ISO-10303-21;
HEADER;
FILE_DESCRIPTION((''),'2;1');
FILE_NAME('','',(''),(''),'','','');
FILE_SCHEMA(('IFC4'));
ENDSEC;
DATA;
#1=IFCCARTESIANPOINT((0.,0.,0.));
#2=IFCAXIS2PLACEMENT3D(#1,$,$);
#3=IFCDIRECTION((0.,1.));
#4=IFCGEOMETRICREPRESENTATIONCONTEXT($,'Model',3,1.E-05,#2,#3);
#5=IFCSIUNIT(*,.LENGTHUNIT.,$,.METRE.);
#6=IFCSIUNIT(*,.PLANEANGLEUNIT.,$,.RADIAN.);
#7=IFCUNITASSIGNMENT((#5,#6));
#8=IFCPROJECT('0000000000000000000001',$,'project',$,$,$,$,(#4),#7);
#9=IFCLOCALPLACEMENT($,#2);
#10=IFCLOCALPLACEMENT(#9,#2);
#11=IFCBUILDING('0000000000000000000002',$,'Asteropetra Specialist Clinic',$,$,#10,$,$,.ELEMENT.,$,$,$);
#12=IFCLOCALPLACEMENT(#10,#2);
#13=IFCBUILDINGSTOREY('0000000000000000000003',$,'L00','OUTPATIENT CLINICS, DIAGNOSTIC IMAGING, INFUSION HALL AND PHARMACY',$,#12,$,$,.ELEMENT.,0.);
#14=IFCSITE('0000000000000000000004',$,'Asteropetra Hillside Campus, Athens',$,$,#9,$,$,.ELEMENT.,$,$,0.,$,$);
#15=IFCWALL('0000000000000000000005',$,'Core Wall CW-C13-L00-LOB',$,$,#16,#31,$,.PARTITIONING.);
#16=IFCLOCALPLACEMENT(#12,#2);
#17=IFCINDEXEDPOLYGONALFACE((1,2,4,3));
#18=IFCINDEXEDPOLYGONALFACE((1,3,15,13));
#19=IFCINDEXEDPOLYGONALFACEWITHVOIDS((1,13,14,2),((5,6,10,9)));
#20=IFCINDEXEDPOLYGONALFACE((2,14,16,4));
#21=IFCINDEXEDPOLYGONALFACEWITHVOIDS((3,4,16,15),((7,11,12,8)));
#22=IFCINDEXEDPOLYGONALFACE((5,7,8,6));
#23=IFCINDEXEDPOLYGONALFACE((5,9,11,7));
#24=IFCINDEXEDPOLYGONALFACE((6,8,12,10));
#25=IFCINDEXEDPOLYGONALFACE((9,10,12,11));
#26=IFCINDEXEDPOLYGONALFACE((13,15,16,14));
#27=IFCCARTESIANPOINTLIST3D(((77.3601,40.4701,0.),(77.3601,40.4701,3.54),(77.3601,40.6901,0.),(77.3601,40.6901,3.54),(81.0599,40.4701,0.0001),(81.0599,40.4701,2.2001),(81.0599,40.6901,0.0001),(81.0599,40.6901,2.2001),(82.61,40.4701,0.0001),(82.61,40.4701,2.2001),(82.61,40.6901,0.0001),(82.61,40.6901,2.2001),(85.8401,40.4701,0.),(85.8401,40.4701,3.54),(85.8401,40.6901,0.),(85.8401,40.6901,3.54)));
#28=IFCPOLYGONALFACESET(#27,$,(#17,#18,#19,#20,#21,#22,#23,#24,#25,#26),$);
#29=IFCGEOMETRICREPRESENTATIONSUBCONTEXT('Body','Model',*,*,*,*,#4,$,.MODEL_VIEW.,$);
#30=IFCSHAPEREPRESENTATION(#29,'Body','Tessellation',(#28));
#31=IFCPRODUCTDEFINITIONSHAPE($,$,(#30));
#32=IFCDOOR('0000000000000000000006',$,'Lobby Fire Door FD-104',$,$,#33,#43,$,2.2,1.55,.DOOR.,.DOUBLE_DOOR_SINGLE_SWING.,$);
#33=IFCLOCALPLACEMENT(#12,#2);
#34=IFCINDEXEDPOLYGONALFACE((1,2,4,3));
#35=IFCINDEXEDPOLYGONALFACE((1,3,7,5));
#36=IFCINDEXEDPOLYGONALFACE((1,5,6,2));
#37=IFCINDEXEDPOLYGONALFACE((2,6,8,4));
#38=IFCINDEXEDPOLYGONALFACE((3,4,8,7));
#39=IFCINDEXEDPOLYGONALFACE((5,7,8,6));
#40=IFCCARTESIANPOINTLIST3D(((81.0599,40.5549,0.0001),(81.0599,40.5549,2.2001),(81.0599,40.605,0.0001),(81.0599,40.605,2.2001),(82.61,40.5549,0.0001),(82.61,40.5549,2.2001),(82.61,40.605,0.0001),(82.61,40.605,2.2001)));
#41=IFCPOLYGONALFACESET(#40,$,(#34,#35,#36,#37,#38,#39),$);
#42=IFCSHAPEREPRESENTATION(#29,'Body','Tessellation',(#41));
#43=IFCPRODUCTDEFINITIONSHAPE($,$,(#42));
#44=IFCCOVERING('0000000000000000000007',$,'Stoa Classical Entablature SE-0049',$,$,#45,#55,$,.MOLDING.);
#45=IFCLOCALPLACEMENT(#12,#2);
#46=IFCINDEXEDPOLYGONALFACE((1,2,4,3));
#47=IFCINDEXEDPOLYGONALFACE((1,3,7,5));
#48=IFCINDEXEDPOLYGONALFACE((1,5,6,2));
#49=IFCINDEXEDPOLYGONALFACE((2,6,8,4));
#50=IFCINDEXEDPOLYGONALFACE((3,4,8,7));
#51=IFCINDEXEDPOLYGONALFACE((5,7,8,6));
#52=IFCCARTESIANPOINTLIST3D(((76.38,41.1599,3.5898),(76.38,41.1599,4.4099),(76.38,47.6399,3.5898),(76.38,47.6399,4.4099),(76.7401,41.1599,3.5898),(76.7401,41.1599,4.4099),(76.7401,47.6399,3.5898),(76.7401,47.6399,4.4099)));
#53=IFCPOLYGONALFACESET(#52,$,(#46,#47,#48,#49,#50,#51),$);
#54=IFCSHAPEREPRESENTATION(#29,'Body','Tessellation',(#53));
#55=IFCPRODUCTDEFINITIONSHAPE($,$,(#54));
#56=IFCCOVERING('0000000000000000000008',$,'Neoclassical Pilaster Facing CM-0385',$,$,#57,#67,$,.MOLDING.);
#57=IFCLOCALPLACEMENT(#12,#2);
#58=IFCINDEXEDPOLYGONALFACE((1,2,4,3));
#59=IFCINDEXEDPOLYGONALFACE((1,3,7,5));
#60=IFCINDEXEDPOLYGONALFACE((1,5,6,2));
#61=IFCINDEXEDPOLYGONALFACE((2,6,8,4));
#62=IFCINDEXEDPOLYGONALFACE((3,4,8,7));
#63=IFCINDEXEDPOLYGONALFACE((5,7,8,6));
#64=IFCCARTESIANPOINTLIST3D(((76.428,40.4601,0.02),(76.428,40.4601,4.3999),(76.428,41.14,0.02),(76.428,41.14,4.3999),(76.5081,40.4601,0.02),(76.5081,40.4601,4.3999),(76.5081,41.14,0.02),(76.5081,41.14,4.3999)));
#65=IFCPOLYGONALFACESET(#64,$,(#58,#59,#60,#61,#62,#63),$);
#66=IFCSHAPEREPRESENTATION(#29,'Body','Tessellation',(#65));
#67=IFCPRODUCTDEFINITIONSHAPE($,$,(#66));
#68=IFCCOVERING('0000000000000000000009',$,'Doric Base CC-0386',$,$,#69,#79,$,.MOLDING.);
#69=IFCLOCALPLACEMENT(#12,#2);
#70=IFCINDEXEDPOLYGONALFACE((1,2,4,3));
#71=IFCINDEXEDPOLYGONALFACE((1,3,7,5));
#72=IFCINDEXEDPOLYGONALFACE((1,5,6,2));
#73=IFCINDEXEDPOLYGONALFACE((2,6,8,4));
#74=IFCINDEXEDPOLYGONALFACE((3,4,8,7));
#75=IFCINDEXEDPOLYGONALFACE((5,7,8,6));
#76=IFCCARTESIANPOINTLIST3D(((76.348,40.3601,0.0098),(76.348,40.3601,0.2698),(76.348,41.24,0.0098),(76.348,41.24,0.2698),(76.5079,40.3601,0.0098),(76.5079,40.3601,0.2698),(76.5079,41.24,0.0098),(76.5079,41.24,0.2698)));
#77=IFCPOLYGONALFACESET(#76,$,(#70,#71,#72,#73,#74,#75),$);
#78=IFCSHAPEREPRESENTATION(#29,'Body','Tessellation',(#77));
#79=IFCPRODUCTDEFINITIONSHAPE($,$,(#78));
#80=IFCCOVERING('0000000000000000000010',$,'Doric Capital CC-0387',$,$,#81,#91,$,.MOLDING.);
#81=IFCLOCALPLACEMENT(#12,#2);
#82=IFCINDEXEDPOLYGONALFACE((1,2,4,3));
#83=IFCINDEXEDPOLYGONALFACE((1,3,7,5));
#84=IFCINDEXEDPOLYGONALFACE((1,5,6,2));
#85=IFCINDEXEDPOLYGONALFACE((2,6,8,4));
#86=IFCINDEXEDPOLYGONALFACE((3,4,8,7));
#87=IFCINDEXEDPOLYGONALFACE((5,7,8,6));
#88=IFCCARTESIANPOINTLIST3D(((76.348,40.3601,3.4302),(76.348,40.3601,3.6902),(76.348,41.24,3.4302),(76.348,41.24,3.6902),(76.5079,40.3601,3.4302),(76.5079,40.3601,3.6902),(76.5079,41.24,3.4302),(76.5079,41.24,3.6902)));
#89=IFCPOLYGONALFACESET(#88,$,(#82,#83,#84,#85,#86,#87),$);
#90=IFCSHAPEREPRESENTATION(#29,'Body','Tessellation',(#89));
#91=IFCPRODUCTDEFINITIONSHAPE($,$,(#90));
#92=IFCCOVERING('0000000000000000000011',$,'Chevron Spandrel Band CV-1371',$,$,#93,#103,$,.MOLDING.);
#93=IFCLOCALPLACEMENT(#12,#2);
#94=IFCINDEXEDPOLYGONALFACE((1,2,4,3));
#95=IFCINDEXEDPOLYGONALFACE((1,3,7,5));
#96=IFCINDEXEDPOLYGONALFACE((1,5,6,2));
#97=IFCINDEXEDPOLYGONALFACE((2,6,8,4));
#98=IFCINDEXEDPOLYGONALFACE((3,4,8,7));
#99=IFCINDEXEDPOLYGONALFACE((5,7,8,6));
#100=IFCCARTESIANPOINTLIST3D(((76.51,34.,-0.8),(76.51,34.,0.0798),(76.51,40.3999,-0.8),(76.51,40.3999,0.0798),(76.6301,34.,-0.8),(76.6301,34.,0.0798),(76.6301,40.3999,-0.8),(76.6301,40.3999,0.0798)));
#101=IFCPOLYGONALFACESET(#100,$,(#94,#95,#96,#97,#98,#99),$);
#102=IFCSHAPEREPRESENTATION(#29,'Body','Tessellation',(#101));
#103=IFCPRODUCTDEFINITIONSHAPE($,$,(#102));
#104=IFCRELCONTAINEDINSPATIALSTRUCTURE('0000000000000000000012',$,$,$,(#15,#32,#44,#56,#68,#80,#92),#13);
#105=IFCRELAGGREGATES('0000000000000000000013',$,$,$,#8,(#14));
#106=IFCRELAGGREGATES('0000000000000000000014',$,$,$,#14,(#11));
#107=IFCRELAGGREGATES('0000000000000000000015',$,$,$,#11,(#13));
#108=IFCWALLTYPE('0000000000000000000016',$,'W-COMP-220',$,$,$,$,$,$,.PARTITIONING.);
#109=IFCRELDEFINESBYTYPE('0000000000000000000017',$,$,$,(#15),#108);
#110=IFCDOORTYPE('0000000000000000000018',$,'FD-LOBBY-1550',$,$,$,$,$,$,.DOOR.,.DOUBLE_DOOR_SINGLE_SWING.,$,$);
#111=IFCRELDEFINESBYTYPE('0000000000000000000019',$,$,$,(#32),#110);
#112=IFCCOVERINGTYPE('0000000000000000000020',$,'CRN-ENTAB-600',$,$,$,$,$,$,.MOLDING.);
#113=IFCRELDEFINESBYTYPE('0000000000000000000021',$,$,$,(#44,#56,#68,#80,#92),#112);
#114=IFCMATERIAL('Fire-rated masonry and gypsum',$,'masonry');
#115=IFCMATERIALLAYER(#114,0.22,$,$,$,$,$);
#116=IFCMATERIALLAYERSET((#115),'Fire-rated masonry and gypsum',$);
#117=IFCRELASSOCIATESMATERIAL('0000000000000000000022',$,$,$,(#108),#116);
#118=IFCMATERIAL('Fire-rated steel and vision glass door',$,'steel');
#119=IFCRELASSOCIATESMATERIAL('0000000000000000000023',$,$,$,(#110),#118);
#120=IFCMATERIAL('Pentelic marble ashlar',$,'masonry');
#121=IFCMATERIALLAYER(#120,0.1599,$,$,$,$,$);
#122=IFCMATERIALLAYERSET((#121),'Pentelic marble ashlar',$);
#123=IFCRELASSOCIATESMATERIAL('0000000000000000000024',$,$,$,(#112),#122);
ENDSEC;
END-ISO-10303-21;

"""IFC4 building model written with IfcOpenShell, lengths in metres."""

from ifc_helpers import new_model, si_unit, direction, frame, frame_2d, origin, origin_2d, place, context, subcontext, project, spatial, rectangle, extrude, material, layer, layer_set, type_object, element, fill, save


model = new_model("IFC4")

# Units and contexts
model_context = context("Model", 3, precision=1e-05, world=origin(), true_north=direction((0.0, 1.0)))
body_context = subcontext(model_context, "Body", "Model", "MODEL_VIEW")
ifc_project = project(units=[si_unit("LENGTHUNIT", "METRE"), si_unit("PLANEANGLEUNIT", "RADIAN")], contexts=[model_context])

# Site, building, storey
site_placement = place(None, origin())
site = spatial("IfcSite", under=ifc_project, at=site_placement, Name="Asteropetra Hillside Campus, Athens", CompositionType="ELEMENT", RefElevation=0.0)
building_placement = place(site_placement, origin())
building = spatial("IfcBuilding", under=site, at=building_placement, Name="Asteropetra Specialist Clinic", CompositionType="ELEMENT")
storey_placement = place(building_placement, origin())
storey = spatial("IfcBuildingStorey", under=building, at=storey_placement, Name="L00", Description="OUTPATIENT CLINICS, DIAGNOSTIC IMAGING, INFUSION HALL AND PHARMACY", CompositionType="ELEMENT", Elevation=0.0)

# Wall, opening, door
ifc_material_1 = material(Name="Fire-rated masonry and gypsum", Category="masonry")
ifc_layer_1 = layer(ifc_material_1, 0.22)
ifc_layer_set_1 = layer_set([ifc_layer_1], Name="Fire-rated masonry and gypsum")
wall_type_1 = type_object("IfcWallType", Name="W-COMP-220", PredefinedType="PARTITIONING", material=ifc_layer_set_1)
wall_1_placement = place(storey_placement, frame((77.3601, 40.5801, 0.0), z_axis=(0.0, 0.0, 1.0), x_axis=(1.0, 0.0, 0.0)))
wall_1 = element("IfcWall", 1, at=wall_1_placement, inside=storey, type_object=wall_type_1, Name="Core Wall CW-C13-L00-LOB", PredefinedType="PARTITIONING", context=body_context, shape_type="SweptSolid", body=[
    extrude(rectangle(XDim=8.48, YDim=0.22, at=frame_2d((4.24, 0.0))), origin(), (0.0, 0.0, 1.0), 3.54),
])
opening_1_placement = place(wall_1_placement, frame((3.7, 0.0, 0.0)))
opening_1 = element("IfcOpeningElement", 2, at=opening_1_placement, cuts=wall_1, PredefinedType="OPENING", context=body_context, shape_type="SweptSolid", body=[
    extrude(rectangle(XDim=1.55, YDim=2.2, at=frame_2d((0.7749, 1.1001))), frame((0.0, 0.1199, 0.0), z_axis=(0.0, -1.0, 0.0), x_axis=(1.0, 0.0, 0.0)), (0.0, 0.0, 1.0), 0.24),
])
ifc_material_2 = material(Name="Fire-rated steel and vision glass door", Category="steel")
door_type_1 = type_object("IfcDoorType", Name="FD-LOBBY-1550", OperationType="DOUBLE_DOOR_SINGLE_SWING", PredefinedType="DOOR", material=ifc_material_2)
door_1_placement = place(opening_1_placement, origin())
door_1 = element("IfcDoor", 3, at=door_1_placement, inside=storey, type_object=door_type_1, Name="Lobby Fire Door FD-104", OperationType="DOUBLE_DOOR_SINGLE_SWING", OverallHeight=2.2, OverallWidth=1.55, PredefinedType="DOOR", context=body_context, shape_type="SweptSolid", body=[
    extrude(rectangle(XDim=1.55, YDim=2.2, at=frame_2d((0.7749, 1.1001))), frame((0.0, 0.0249, 0.0), z_axis=(0.0, -1.0, 0.0), x_axis=(1.0, 0.0, 0.0)), (0.0, 0.0, 1.0), 0.05),
])
fill(opening_1, door_1)

# Coverings
ifc_material_3 = material(Name="Pentelic marble ashlar", Category="masonry")
ifc_layer_2 = layer(ifc_material_3, 0.1599)
ifc_layer_set_2 = layer_set([ifc_layer_2], Name="Pentelic marble ashlar")
covering_type = type_object("IfcCoveringType", Name="CRN-ENTAB-600", PredefinedType="MOLDING", material=ifc_layer_set_2)
covering_1_placement = place(storey_placement, frame((76.5601, 44.3999, 3.5898), z_axis=(0.0, 0.0, 1.0), x_axis=(1.0, 0.0, 0.0)))
element("IfcCovering", 4, at=covering_1_placement, inside=storey, type_object=covering_type, Name="Stoa Classical Entablature SE-0049", PredefinedType="MOLDING", context=body_context, shape_type="SweptSolid", body=[
    extrude(rectangle(XDim=0.3601, YDim=6.48, at=origin_2d()), origin(), (0.0, 0.0, 1.0), 0.8201),
])
covering_2_placement = place(storey_placement, frame((76.468, 40.8, 0.02), z_axis=(0.0, 0.0, 1.0), x_axis=(1.0, 0.0, 0.0)))
element("IfcCovering", 5, at=covering_2_placement, inside=storey, type_object=covering_type, Name="Neoclassical Pilaster Facing CM-0385", PredefinedType="MOLDING", context=body_context, shape_type="SweptSolid", body=[
    extrude(rectangle(XDim=0.0801, YDim=0.6799, at=origin_2d()), origin(), (0.0, 0.0, 1.0), 4.3799),
])
for number, where, z_axis, x_axis, name in (
    (6, (76.428, 40.8, 0.0098), (0.0, 0.0, 1.0), (1.0, 0.0, 0.0), "Doric Base CC-0386"),
    (7, (76.428, 40.8, 3.4302), (0.0, 0.0, 1.0), (1.0, 0.0, 0.0), "Doric Capital CC-0387"),
):
    element("IfcCovering", number, at=place(storey_placement, frame(where, z_axis=z_axis, x_axis=x_axis)), inside=storey, type_object=covering_type, Name=name, PredefinedType="MOLDING", context=body_context, shape_type="SweptSolid", body=[
        extrude(rectangle(XDim=0.1599, YDim=0.8799, at=origin_2d()), origin(), (0.0, 0.0, 1.0), 0.26),
    ])
covering_3_placement = place(storey_placement, frame((76.5701, 37.2, -0.8), z_axis=(0.0, 0.0, 1.0), x_axis=(1.0, 0.0, 0.0)))
element("IfcCovering", 8, at=covering_3_placement, inside=storey, type_object=covering_type, Name="Chevron Spandrel Band CV-1371", PredefinedType="MOLDING", context=body_context, shape_type="SweptSolid", body=[
    extrude(rectangle(XDim=0.1201, YDim=6.3999, at=origin_2d()), origin(), (0.0, 0.0, 1.0), 0.8799),
])

save(model, "model.ifc")
